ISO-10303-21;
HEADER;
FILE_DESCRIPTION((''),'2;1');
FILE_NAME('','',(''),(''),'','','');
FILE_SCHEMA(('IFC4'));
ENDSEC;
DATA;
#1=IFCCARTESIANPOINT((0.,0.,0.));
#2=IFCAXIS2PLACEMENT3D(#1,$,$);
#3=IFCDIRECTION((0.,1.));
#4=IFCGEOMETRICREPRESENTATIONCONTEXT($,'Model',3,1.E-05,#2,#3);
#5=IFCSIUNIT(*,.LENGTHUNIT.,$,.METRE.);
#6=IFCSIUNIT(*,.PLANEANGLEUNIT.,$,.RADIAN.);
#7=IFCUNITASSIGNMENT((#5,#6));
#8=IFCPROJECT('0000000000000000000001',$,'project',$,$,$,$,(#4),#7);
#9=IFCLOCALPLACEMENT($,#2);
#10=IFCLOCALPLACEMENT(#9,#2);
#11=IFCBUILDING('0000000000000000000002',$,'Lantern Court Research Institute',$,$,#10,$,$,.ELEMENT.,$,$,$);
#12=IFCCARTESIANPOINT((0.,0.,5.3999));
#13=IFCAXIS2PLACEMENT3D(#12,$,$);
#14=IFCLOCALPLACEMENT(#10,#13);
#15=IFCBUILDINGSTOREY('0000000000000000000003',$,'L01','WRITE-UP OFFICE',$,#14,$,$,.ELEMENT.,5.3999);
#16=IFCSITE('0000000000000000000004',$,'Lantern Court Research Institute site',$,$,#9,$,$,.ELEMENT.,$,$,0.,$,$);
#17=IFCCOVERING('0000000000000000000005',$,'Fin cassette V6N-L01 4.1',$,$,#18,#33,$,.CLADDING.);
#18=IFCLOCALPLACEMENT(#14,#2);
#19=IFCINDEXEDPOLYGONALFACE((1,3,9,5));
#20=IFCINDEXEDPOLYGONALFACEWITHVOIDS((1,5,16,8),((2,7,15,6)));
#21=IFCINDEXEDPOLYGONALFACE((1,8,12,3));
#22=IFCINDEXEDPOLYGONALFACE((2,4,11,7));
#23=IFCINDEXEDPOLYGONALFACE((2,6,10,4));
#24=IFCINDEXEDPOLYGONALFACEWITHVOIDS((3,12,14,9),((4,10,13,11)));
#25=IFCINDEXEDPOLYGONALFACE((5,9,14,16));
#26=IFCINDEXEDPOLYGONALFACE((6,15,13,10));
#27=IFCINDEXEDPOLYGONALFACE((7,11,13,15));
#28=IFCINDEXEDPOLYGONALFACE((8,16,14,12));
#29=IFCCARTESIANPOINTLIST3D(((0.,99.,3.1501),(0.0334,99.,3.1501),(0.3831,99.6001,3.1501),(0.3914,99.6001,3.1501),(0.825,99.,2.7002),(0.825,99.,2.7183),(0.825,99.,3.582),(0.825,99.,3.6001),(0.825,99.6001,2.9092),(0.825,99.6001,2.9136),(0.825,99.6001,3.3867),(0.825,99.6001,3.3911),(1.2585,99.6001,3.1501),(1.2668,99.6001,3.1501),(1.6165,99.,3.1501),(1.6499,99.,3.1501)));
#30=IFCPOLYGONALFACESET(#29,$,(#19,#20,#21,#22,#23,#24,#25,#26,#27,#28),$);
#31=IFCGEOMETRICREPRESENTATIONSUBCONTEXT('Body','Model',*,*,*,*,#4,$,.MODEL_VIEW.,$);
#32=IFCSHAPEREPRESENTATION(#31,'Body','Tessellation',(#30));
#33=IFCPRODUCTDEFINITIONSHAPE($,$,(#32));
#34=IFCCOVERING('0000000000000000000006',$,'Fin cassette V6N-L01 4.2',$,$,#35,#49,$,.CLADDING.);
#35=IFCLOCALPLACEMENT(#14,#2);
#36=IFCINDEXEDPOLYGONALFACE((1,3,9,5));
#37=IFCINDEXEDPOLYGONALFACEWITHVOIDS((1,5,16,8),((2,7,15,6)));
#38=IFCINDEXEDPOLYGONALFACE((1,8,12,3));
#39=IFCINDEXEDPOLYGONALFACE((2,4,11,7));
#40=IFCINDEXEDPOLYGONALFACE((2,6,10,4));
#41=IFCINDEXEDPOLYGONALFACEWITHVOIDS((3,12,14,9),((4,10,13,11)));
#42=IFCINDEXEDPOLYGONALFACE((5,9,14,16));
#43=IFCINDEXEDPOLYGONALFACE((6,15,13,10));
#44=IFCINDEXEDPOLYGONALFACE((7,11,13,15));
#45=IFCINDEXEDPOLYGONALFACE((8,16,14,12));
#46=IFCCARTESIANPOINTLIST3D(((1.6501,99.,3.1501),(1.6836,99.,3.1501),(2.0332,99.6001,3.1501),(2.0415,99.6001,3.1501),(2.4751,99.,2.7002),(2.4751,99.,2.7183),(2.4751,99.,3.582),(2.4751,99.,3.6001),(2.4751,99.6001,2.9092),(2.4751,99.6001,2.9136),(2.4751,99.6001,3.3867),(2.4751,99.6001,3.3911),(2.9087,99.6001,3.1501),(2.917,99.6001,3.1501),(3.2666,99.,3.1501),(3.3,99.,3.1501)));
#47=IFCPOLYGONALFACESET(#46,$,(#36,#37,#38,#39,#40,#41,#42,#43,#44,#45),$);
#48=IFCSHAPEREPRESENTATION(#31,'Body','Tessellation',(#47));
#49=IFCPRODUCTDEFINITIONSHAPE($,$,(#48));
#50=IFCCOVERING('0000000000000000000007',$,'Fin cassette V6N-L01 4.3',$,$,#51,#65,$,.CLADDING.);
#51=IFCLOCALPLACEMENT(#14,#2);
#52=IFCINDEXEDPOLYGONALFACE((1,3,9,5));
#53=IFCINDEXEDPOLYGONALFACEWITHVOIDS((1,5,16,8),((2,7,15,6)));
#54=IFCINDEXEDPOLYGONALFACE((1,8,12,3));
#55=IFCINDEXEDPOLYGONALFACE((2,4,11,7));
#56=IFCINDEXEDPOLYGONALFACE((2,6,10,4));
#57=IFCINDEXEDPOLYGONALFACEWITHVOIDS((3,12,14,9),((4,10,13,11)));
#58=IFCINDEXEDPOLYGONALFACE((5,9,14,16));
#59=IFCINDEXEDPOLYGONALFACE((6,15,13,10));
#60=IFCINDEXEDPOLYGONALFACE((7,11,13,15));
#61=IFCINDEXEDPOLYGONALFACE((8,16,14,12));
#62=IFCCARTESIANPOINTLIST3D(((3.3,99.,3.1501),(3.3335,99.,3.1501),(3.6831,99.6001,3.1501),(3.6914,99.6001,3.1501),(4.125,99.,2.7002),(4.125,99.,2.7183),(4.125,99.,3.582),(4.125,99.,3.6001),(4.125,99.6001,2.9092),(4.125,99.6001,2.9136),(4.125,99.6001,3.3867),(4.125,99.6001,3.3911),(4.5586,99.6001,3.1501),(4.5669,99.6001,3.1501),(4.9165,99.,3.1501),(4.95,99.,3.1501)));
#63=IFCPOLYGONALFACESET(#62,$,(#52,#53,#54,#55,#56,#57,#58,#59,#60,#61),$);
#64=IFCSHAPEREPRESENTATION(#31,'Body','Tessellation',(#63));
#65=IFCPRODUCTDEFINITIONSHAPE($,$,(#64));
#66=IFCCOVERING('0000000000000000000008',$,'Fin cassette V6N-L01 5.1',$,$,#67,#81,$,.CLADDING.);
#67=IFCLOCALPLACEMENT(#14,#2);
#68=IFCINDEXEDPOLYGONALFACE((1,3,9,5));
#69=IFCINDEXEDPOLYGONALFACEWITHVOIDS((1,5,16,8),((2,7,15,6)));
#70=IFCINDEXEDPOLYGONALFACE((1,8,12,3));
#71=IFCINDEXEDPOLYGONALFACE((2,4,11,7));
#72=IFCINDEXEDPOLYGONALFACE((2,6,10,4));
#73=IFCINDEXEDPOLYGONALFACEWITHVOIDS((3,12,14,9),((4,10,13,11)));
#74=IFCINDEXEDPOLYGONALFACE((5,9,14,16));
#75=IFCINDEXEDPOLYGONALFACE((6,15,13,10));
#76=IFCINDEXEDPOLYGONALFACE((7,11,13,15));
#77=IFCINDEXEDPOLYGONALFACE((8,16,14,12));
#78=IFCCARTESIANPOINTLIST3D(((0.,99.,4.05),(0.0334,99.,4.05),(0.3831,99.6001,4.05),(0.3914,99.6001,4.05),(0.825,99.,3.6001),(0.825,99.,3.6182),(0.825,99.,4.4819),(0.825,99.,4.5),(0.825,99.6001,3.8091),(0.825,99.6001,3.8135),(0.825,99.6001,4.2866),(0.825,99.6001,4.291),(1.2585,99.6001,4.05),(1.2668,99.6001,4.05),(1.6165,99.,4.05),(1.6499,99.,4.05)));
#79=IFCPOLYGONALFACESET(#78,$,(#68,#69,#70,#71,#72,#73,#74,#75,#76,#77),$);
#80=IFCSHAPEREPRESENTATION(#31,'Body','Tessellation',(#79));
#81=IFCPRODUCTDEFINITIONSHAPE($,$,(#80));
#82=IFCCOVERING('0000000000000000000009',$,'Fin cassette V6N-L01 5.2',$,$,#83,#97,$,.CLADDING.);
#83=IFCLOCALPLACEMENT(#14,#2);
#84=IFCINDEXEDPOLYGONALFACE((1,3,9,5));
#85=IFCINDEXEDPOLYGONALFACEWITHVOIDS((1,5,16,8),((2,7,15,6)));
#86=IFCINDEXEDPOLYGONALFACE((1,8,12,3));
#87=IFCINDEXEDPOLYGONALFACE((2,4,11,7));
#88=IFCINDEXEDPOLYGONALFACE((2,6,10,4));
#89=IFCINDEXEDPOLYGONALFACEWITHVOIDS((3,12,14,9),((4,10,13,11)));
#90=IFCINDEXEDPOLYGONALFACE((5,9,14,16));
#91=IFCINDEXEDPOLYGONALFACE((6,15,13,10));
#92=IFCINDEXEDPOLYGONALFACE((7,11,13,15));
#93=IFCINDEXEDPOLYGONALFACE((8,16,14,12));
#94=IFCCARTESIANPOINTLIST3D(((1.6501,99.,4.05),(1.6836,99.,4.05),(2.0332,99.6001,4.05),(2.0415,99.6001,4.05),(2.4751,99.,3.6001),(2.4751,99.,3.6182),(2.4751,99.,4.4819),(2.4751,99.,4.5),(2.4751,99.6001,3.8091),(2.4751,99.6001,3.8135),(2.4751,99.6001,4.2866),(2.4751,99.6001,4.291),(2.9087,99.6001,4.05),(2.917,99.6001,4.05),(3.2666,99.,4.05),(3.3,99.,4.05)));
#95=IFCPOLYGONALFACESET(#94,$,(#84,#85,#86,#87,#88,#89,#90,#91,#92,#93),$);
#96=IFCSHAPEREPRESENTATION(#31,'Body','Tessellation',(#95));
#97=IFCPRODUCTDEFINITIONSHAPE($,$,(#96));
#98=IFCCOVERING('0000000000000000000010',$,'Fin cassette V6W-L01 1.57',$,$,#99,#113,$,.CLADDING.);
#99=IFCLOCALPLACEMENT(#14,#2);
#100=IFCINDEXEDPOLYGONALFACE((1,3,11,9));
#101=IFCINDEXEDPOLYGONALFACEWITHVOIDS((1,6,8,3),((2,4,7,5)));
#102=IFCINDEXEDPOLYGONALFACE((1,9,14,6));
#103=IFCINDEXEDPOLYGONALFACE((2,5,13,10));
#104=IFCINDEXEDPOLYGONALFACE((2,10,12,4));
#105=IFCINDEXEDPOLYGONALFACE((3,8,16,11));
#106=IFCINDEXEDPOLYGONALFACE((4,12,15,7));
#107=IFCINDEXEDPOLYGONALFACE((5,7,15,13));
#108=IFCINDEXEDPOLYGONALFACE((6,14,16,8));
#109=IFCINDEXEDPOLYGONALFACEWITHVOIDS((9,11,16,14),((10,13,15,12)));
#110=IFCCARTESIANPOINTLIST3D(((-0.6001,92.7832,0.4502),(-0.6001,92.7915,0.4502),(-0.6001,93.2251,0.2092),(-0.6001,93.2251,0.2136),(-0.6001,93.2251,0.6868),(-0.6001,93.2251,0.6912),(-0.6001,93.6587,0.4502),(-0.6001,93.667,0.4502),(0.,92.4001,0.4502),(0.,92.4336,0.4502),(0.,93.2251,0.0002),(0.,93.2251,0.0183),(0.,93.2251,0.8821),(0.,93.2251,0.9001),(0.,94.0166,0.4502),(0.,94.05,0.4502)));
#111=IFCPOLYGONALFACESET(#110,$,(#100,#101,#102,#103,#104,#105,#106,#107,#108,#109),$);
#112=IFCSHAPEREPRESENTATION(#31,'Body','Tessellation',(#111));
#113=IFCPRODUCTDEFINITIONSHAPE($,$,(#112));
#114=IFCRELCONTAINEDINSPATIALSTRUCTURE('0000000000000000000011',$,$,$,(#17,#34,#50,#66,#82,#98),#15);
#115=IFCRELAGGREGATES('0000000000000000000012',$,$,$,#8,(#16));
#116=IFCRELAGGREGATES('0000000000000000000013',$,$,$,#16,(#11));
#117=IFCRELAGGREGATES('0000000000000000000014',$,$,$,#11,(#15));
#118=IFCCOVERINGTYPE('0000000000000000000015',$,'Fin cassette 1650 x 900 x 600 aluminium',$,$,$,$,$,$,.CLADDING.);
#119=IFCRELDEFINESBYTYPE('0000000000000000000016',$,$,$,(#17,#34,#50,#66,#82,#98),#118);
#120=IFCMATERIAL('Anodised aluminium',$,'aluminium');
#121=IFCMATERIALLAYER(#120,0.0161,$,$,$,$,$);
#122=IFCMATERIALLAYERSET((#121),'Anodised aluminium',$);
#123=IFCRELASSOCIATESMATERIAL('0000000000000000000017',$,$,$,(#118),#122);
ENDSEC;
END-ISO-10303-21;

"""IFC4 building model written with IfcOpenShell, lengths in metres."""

from ifc_helpers import new_model, entity, si_unit, direction, frame, origin, place, context, subcontext, project, spatial, material, layer, layer_set, type_object, element, save


model = new_model("IFC4")

# Units and contexts
model_context = context("Model", 3, precision=1e-05, world=origin(), true_north=direction((0.0, 1.0)))
body_context = subcontext(model_context, "Body", "Model", "MODEL_VIEW")
ifc_project = project(units=[si_unit("LENGTHUNIT", "METRE"), si_unit("PLANEANGLEUNIT", "RADIAN")], contexts=[model_context])

# Site, building, storey
site_placement = place(None, origin())
site = spatial("IfcSite", under=ifc_project, at=site_placement, Name="Lantern Court Research Institute site", CompositionType="ELEMENT", RefElevation=0.0)
building_placement = place(site_placement, origin())
building = spatial("IfcBuilding", under=site, at=building_placement, Name="Lantern Court Research Institute", CompositionType="ELEMENT")
storey_placement = place(building_placement, frame((0.0, 0.0, 5.3999)))
storey = spatial("IfcBuildingStorey", under=building, at=storey_placement, Name="L01", Description="WRITE-UP OFFICE", CompositionType="ELEMENT", Elevation=5.3999)

# Coverings
ifc_material_1 = material(Name="Anodised aluminium", Category="aluminium")
ifc_layer_1 = layer(ifc_material_1, 0.0161)
ifc_layer_set_1 = layer_set([ifc_layer_1], Name="Anodised aluminium")
covering_type = type_object("IfcCoveringType", Name="Fin cassette 1650 x 900 x 600 aluminium", PredefinedType="CLADDING", material=ifc_layer_set_1)
covering_1_placement = place(storey_placement, frame((0.825, 99.0, 3.1501), z_axis=(0.0, 1.0, 0.0), x_axis=(-1.0, 0.0, 0.0)))
cartesian_point_1 = entity("IfcCartesianPoint", [0.825, 0.0])
cartesian_point_2 = entity("IfcCartesianPoint", [0.7915, 0.0])
cartesian_point_3 = entity("IfcCartesianPoint", [0.4419, 0.0])
cartesian_point_4 = entity("IfcCartesianPoint", [0.4336, 0.0])
element("IfcCovering", 1, at=covering_1_placement, inside=storey, type_object=covering_type, Name="Fin cassette V6N-L01 4.1", PredefinedType="CLADDING", context=body_context, shape_type="SweptSolid", body=[
    entity("IfcExtrudedAreaSolidTapered", entity("IfcArbitraryProfileDefWithVoids", "AREA", None, entity("IfcPolyline", [cartesian_point_1, entity("IfcCartesianPoint", [0.0, 0.45]), entity("IfcCartesianPoint", [-0.825, 0.0]), entity("IfcCartesianPoint", [0.0, -0.45]), cartesian_point_1]), [entity("IfcPolyline", [cartesian_point_2, entity("IfcCartesianPoint", [0.0, 0.4319]), entity("IfcCartesianPoint", [-0.7915, 0.0]), entity("IfcCartesianPoint", [0.0, -0.4319]), cartesian_point_2])]), entity("IfcAxis2Placement3D", entity("IfcCartesianPoint", [0.0, 0.0, 0.0])), entity("IfcDirection", [0.0, 0.0, 1.0]), 0.6001, entity("IfcArbitraryProfileDefWithVoids", "AREA", None, entity("IfcPolyline", [cartesian_point_3, entity("IfcCartesianPoint", [0.0, 0.241]), entity("IfcCartesianPoint", [-0.4419, 0.0]), entity("IfcCartesianPoint", [0.0, -0.241]), cartesian_point_3]), [entity("IfcPolyline", [cartesian_point_4, entity("IfcCartesianPoint", [0.0, 0.2366]), entity("IfcCartesianPoint", [-0.4336, 0.0]), entity("IfcCartesianPoint", [0.0, -0.2366]), cartesian_point_4])])),
])
covering_2_placement = place(storey_placement, frame((2.4751, 99.0, 3.1501), z_axis=(0.0, 1.0, 0.0), x_axis=(-1.0, 0.0, 0.0)))
cartesian_point_5 = entity("IfcCartesianPoint", [0.825, 0.0])
cartesian_point_6 = entity("IfcCartesianPoint", [0.7915, 0.0])
cartesian_point_7 = entity("IfcCartesianPoint", [0.4419, 0.0])
cartesian_point_8 = entity("IfcCartesianPoint", [0.4336, 0.0])
element("IfcCovering", 2, at=covering_2_placement, inside=storey, type_object=covering_type, Name="Fin cassette V6N-L01 4.2", PredefinedType="CLADDING", context=body_context, shape_type="SweptSolid", body=[
    entity("IfcExtrudedAreaSolidTapered", entity("IfcArbitraryProfileDefWithVoids", "AREA", None, entity("IfcPolyline", [cartesian_point_5, entity("IfcCartesianPoint", [0.0, 0.45]), entity("IfcCartesianPoint", [-0.825, 0.0]), entity("IfcCartesianPoint", [0.0, -0.45]), cartesian_point_5]), [entity("IfcPolyline", [cartesian_point_6, entity("IfcCartesianPoint", [0.0, 0.4319]), entity("IfcCartesianPoint", [-0.7915, 0.0]), entity("IfcCartesianPoint", [0.0, -0.4319]), cartesian_point_6])]), entity("IfcAxis2Placement3D", entity("IfcCartesianPoint", [0.0, 0.0, 0.0])), entity("IfcDirection", [0.0, 0.0, 1.0]), 0.6001, entity("IfcArbitraryProfileDefWithVoids", "AREA", None, entity("IfcPolyline", [cartesian_point_7, entity("IfcCartesianPoint", [0.0, 0.241]), entity("IfcCartesianPoint", [-0.4419, 0.0]), entity("IfcCartesianPoint", [0.0, -0.241]), cartesian_point_7]), [entity("IfcPolyline", [cartesian_point_8, entity("IfcCartesianPoint", [0.0, 0.2366]), entity("IfcCartesianPoint", [-0.4336, 0.0]), entity("IfcCartesianPoint", [0.0, -0.2366]), cartesian_point_8])])),
])
covering_3_placement = place(storey_placement, frame((4.125, 99.0, 3.1501), z_axis=(0.0, 1.0, 0.0), x_axis=(-1.0, 0.0, 0.0)))
cartesian_point_9 = entity("IfcCartesianPoint", [0.825, 0.0])
cartesian_point_10 = entity("IfcCartesianPoint", [0.7915, 0.0])
cartesian_point_11 = entity("IfcCartesianPoint", [0.4419, 0.0])
cartesian_point_12 = entity("IfcCartesianPoint", [0.4336, 0.0])
element("IfcCovering", 3, at=covering_3_placement, inside=storey, type_object=covering_type, Name="Fin cassette V6N-L01 4.3", PredefinedType="CLADDING", context=body_context, shape_type="SweptSolid", body=[
    entity("IfcExtrudedAreaSolidTapered", entity("IfcArbitraryProfileDefWithVoids", "AREA", None, entity("IfcPolyline", [cartesian_point_9, entity("IfcCartesianPoint", [0.0, 0.45]), entity("IfcCartesianPoint", [-0.825, 0.0]), entity("IfcCartesianPoint", [0.0, -0.45]), cartesian_point_9]), [entity("IfcPolyline", [cartesian_point_10, entity("IfcCartesianPoint", [0.0, 0.4319]), entity("IfcCartesianPoint", [-0.7915, 0.0]), entity("IfcCartesianPoint", [0.0, -0.4319]), cartesian_point_10])]), entity("IfcAxis2Placement3D", entity("IfcCartesianPoint", [0.0, 0.0, 0.0])), entity("IfcDirection", [0.0, 0.0, 1.0]), 0.6001, entity("IfcArbitraryProfileDefWithVoids", "AREA", None, entity("IfcPolyline", [cartesian_point_11, entity("IfcCartesianPoint", [0.0, 0.241]), entity("IfcCartesianPoint", [-0.4419, 0.0]), entity("IfcCartesianPoint", [0.0, -0.241]), cartesian_point_11]), [entity("IfcPolyline", [cartesian_point_12, entity("IfcCartesianPoint", [0.0, 0.2366]), entity("IfcCartesianPoint", [-0.4336, 0.0]), entity("IfcCartesianPoint", [0.0, -0.2366]), cartesian_point_12])])),
])
covering_4_placement = place(storey_placement, frame((0.825, 99.0, 4.05), z_axis=(0.0, 1.0, 0.0), x_axis=(-1.0, 0.0, 0.0)))
cartesian_point_13 = entity("IfcCartesianPoint", [0.825, 0.0])
cartesian_point_14 = entity("IfcCartesianPoint", [0.7915, 0.0])
cartesian_point_15 = entity("IfcCartesianPoint", [0.4419, 0.0])
cartesian_point_16 = entity("IfcCartesianPoint", [0.4336, 0.0])
element("IfcCovering", 4, at=covering_4_placement, inside=storey, type_object=covering_type, Name="Fin cassette V6N-L01 5.1", PredefinedType="CLADDING", context=body_context, shape_type="SweptSolid", body=[
    entity("IfcExtrudedAreaSolidTapered", entity("IfcArbitraryProfileDefWithVoids", "AREA", None, entity("IfcPolyline", [cartesian_point_13, entity("IfcCartesianPoint", [0.0, 0.45]), entity("IfcCartesianPoint", [-0.825, 0.0]), entity("IfcCartesianPoint", [0.0, -0.45]), cartesian_point_13]), [entity("IfcPolyline", [cartesian_point_14, entity("IfcCartesianPoint", [0.0, 0.4319]), entity("IfcCartesianPoint", [-0.7915, 0.0]), entity("IfcCartesianPoint", [0.0, -0.4319]), cartesian_point_14])]), entity("IfcAxis2Placement3D", entity("IfcCartesianPoint", [0.0, 0.0, 0.0])), entity("IfcDirection", [0.0, 0.0, 1.0]), 0.6001, entity("IfcArbitraryProfileDefWithVoids", "AREA", None, entity("IfcPolyline", [cartesian_point_15, entity("IfcCartesianPoint", [0.0, 0.241]), entity("IfcCartesianPoint", [-0.4419, 0.0]), entity("IfcCartesianPoint", [0.0, -0.241]), cartesian_point_15]), [entity("IfcPolyline", [cartesian_point_16, entity("IfcCartesianPoint", [0.0, 0.2366]), entity("IfcCartesianPoint", [-0.4336, 0.0]), entity("IfcCartesianPoint", [0.0, -0.2366]), cartesian_point_16])])),
])
covering_5_placement = place(storey_placement, frame((2.4751, 99.0, 4.05), z_axis=(0.0, 1.0, 0.0), x_axis=(-1.0, 0.0, 0.0)))
cartesian_point_17 = entity("IfcCartesianPoint", [0.825, 0.0])
cartesian_point_18 = entity("IfcCartesianPoint", [0.7915, 0.0])
cartesian_point_19 = entity("IfcCartesianPoint", [0.4419, 0.0])
cartesian_point_20 = entity("IfcCartesianPoint", [0.4336, 0.0])
element("IfcCovering", 5, at=covering_5_placement, inside=storey, type_object=covering_type, Name="Fin cassette V6N-L01 5.2", PredefinedType="CLADDING", context=body_context, shape_type="SweptSolid", body=[
    entity("IfcExtrudedAreaSolidTapered", entity("IfcArbitraryProfileDefWithVoids", "AREA", None, entity("IfcPolyline", [cartesian_point_17, entity("IfcCartesianPoint", [0.0, 0.45]), entity("IfcCartesianPoint", [-0.825, 0.0]), entity("IfcCartesianPoint", [0.0, -0.45]), cartesian_point_17]), [entity("IfcPolyline", [cartesian_point_18, entity("IfcCartesianPoint", [0.0, 0.4319]), entity("IfcCartesianPoint", [-0.7915, 0.0]), entity("IfcCartesianPoint", [0.0, -0.4319]), cartesian_point_18])]), entity("IfcAxis2Placement3D", entity("IfcCartesianPoint", [0.0, 0.0, 0.0])), entity("IfcDirection", [0.0, 0.0, 1.0]), 0.6001, entity("IfcArbitraryProfileDefWithVoids", "AREA", None, entity("IfcPolyline", [cartesian_point_19, entity("IfcCartesianPoint", [0.0, 0.241]), entity("IfcCartesianPoint", [-0.4419, 0.0]), entity("IfcCartesianPoint", [0.0, -0.241]), cartesian_point_19]), [entity("IfcPolyline", [cartesian_point_20, entity("IfcCartesianPoint", [0.0, 0.2366]), entity("IfcCartesianPoint", [-0.4336, 0.0]), entity("IfcCartesianPoint", [0.0, -0.2366]), cartesian_point_20])])),
])
covering_6_placement = place(storey_placement, frame((0.0, 93.2251, 0.4502), z_axis=(-1.0, 0.0, 0.0), x_axis=(0.0, -1.0, 0.0)))
cartesian_point_21 = entity("IfcCartesianPoint", [0.825, 0.0])
cartesian_point_22 = entity("IfcCartesianPoint", [0.7915, 0.0])
cartesian_point_23 = entity("IfcCartesianPoint", [0.4419, 0.0])
cartesian_point_24 = entity("IfcCartesianPoint", [0.4336, 0.0])
element("IfcCovering", 6, at=covering_6_placement, inside=storey, type_object=covering_type, Name="Fin cassette V6W-L01 1.57", PredefinedType="CLADDING", context=body_context, shape_type="SweptSolid", body=[
    entity("IfcExtrudedAreaSolidTapered", entity("IfcArbitraryProfileDefWithVoids", "AREA", None, entity("IfcPolyline", [cartesian_point_21, entity("IfcCartesianPoint", [0.0, 0.45]), entity("IfcCartesianPoint", [-0.825, 0.0]), entity("IfcCartesianPoint", [0.0, -0.45]), cartesian_point_21]), [entity("IfcPolyline", [cartesian_point_22, entity("IfcCartesianPoint", [0.0, 0.4319]), entity("IfcCartesianPoint", [-0.7915, 0.0]), entity("IfcCartesianPoint", [0.0, -0.4319]), cartesian_point_22])]), entity("IfcAxis2Placement3D", entity("IfcCartesianPoint", [0.0, 0.0, 0.0])), entity("IfcDirection", [0.0, 0.0, 1.0]), 0.6001, entity("IfcArbitraryProfileDefWithVoids", "AREA", None, entity("IfcPolyline", [cartesian_point_23, entity("IfcCartesianPoint", [0.0, 0.241]), entity("IfcCartesianPoint", [-0.4419, 0.0]), entity("IfcCartesianPoint", [0.0, -0.241]), cartesian_point_23]), [entity("IfcPolyline", [cartesian_point_24, entity("IfcCartesianPoint", [0.0, 0.2366]), entity("IfcCartesianPoint", [-0.4336, 0.0]), entity("IfcCartesianPoint", [0.0, -0.2366]), cartesian_point_24])])),
])

save(model, "model.ifc")
